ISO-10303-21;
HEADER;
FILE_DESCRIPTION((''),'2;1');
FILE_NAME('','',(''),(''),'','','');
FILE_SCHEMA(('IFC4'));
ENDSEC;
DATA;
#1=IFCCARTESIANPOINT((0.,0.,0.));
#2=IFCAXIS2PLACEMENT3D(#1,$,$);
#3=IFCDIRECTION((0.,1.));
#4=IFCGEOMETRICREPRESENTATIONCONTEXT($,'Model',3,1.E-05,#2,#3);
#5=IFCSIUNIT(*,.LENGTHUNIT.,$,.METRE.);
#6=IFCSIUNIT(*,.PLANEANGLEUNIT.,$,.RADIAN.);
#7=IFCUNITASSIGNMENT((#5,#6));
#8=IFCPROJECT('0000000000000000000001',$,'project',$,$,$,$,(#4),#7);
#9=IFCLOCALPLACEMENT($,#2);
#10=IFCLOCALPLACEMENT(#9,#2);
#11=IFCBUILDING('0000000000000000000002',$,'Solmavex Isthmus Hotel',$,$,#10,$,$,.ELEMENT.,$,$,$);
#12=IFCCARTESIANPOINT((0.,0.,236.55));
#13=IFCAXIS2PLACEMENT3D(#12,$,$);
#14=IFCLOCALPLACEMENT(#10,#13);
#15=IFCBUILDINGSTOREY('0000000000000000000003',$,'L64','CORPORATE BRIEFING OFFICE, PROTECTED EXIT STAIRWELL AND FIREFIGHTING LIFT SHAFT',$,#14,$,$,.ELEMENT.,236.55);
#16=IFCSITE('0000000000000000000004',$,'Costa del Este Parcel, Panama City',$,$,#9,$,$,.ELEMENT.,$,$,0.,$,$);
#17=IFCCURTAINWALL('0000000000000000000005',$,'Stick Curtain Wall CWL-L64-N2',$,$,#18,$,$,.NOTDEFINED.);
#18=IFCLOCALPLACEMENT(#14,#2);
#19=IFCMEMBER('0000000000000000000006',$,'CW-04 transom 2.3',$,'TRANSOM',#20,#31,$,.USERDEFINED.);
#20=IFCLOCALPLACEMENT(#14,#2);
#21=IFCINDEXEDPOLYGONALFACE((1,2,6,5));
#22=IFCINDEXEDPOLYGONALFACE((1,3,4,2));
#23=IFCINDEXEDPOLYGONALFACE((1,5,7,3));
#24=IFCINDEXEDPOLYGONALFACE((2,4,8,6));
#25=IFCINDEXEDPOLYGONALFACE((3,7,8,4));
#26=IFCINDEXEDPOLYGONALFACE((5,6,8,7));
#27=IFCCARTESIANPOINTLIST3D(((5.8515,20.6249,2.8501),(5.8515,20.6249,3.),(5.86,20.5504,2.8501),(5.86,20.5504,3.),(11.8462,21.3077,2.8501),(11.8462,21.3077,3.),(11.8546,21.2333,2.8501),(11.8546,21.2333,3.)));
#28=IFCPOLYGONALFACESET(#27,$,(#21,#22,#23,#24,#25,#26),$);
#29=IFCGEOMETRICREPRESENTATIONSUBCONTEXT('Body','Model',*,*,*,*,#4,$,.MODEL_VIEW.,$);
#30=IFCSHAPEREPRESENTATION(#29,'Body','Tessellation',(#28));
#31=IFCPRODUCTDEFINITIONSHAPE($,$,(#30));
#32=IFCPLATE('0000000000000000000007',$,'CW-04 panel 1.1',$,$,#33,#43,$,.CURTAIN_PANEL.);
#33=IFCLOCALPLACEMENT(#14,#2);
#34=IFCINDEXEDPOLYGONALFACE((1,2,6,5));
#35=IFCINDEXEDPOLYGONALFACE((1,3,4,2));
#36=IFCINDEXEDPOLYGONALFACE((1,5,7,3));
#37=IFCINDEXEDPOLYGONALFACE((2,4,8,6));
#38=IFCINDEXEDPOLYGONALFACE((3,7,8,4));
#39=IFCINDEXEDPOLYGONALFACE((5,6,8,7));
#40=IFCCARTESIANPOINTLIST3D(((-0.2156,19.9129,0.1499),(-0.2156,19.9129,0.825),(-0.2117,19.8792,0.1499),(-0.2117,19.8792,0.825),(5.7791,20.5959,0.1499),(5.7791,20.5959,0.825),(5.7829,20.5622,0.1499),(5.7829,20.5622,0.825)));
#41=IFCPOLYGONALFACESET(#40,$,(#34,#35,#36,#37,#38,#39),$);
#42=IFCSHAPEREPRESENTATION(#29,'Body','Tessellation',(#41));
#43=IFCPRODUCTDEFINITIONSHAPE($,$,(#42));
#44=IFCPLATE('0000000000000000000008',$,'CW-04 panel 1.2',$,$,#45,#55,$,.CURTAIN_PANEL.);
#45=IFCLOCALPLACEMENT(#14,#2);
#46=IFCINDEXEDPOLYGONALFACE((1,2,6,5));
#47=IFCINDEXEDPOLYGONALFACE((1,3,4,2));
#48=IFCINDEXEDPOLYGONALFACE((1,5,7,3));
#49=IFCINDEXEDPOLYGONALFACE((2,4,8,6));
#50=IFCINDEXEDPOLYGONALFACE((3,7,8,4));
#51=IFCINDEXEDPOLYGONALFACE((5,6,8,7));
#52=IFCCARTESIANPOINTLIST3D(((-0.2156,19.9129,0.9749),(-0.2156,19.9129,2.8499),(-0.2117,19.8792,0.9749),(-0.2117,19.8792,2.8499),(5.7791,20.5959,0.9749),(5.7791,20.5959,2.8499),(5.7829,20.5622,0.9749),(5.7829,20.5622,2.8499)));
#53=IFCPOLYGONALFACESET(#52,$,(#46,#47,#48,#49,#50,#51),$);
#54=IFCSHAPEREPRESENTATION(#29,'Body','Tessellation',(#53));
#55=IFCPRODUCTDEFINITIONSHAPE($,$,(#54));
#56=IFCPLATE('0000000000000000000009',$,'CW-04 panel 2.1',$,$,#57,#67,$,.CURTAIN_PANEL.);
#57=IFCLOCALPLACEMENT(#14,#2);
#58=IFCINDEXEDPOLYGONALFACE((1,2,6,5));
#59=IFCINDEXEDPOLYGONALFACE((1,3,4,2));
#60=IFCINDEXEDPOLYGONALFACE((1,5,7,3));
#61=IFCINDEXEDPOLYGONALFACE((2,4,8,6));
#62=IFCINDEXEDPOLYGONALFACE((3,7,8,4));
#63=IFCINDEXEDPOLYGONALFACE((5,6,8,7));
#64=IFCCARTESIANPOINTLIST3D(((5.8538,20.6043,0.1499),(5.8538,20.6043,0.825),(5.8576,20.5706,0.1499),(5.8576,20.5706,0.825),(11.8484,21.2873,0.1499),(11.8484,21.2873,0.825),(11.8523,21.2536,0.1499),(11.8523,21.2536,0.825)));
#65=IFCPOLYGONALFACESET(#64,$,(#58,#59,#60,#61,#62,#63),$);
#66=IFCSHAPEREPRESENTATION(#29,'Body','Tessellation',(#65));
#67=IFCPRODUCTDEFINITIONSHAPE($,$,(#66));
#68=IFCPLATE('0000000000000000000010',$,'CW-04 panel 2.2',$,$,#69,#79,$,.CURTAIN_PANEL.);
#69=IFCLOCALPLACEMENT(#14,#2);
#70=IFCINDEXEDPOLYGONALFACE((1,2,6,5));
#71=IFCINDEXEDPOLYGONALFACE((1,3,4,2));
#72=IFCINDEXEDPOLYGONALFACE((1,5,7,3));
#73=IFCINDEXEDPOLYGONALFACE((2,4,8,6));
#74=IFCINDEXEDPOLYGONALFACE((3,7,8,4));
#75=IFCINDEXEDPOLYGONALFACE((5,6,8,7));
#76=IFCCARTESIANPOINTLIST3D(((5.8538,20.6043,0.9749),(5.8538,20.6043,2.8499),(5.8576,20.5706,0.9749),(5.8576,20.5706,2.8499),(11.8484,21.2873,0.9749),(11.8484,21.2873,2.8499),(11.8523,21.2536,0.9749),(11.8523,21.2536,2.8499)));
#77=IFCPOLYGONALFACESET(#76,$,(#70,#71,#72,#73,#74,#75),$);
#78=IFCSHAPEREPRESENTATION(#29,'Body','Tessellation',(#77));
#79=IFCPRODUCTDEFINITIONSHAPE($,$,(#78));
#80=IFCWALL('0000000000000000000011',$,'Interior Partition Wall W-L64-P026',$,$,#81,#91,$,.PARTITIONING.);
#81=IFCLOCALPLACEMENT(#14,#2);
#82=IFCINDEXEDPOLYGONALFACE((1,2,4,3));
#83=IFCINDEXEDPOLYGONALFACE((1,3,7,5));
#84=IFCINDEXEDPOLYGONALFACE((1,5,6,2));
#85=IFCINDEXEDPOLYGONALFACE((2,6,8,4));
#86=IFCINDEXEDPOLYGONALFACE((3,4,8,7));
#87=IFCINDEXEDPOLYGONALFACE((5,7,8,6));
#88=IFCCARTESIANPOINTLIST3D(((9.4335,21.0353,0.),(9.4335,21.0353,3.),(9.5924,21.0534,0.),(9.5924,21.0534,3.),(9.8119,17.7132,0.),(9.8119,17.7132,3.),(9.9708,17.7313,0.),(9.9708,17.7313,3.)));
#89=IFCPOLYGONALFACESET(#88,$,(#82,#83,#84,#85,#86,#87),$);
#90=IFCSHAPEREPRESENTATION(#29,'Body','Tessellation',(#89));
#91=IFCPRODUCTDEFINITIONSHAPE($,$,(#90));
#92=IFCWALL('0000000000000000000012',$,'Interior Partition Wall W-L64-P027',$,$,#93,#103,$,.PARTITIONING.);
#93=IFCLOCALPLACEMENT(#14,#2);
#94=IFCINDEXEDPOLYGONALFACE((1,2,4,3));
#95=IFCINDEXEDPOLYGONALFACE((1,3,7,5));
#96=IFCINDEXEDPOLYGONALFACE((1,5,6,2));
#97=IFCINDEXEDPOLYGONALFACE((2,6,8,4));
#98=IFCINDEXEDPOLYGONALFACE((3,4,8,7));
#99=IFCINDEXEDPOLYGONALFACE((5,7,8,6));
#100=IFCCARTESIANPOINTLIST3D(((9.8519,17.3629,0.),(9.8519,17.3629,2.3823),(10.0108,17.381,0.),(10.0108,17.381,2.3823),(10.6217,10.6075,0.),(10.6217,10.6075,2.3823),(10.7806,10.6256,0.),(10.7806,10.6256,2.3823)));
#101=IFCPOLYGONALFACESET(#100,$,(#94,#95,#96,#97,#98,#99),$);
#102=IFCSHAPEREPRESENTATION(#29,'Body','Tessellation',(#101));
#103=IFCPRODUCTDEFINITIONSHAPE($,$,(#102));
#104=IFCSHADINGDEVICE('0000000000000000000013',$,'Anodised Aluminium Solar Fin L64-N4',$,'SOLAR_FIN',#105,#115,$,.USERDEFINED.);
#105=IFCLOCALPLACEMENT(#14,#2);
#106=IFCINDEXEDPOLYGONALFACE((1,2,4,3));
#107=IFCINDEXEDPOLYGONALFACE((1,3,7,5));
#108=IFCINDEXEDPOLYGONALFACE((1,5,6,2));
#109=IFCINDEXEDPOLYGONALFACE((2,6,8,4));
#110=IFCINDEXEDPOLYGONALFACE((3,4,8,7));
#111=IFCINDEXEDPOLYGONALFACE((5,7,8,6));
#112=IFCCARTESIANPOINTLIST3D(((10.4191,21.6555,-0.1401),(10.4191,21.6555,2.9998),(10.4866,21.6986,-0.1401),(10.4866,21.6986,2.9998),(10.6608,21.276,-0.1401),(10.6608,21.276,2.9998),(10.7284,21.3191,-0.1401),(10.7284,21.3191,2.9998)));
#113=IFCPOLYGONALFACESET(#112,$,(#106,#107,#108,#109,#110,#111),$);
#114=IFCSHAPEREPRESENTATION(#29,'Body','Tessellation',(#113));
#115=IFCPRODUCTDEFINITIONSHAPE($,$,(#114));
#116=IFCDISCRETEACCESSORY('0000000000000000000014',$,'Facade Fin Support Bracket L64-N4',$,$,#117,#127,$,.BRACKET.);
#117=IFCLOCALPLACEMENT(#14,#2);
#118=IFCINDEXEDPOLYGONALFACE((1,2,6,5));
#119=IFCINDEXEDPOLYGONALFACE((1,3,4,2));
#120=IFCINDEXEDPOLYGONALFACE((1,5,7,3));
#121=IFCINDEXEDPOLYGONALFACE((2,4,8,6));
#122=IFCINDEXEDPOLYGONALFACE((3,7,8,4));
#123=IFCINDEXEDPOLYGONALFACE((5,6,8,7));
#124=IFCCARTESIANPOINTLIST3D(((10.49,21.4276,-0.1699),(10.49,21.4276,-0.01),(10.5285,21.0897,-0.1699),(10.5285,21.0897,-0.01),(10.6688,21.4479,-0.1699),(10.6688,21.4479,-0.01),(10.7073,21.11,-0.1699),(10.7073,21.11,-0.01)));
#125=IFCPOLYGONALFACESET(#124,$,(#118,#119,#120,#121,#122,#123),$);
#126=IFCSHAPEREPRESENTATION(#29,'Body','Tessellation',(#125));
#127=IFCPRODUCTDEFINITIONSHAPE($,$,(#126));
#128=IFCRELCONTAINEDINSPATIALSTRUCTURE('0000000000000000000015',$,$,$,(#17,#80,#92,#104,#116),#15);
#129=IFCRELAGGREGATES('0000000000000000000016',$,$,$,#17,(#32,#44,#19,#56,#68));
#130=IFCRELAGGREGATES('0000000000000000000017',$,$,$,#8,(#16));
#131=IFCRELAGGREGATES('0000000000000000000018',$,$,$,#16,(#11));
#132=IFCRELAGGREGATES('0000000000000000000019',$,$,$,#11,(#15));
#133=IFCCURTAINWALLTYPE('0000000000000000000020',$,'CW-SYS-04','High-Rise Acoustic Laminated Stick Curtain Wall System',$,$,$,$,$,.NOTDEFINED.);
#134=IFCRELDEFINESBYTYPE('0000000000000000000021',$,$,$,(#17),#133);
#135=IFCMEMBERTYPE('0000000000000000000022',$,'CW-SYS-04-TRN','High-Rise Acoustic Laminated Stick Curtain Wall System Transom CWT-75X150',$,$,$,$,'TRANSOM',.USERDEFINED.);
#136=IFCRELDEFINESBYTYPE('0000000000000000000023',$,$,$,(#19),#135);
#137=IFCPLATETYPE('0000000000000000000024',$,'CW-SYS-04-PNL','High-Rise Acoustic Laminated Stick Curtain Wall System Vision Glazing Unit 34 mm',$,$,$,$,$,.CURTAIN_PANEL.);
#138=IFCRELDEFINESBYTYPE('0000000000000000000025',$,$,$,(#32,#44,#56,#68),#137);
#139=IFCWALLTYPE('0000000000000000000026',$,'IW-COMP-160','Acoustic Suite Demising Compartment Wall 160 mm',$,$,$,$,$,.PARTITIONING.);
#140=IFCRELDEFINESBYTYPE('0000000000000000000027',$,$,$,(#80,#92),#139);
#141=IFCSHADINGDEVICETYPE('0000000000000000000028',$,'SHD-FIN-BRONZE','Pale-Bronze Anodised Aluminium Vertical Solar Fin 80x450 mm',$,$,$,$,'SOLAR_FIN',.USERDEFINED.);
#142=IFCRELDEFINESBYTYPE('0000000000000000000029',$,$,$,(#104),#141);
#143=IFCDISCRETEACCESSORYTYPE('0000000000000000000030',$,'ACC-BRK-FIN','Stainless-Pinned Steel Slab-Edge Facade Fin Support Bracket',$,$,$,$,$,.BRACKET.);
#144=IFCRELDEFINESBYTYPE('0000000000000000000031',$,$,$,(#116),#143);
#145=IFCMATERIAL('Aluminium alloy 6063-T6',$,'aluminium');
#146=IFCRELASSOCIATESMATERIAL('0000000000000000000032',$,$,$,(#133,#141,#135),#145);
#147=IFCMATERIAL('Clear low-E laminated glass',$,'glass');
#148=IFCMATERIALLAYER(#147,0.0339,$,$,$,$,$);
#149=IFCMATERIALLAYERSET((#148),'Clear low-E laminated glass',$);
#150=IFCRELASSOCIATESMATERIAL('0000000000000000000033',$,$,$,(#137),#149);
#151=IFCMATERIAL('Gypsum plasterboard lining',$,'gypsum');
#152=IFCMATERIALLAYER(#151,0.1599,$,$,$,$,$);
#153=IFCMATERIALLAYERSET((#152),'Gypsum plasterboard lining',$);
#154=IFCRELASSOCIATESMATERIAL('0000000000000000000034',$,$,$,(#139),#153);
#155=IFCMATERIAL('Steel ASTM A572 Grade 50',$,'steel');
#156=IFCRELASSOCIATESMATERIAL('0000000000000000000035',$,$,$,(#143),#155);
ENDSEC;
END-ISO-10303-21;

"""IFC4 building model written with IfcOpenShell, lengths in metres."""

from ifc_helpers import new_model, si_unit, direction, frame, frame_2d, origin, origin_2d, place, context, subcontext, project, spatial, rectangle, extrude, material, layer, layer_set, material_profile, profile_set, type_object, element, aggregate, save


model = new_model("IFC4")

# Units and contexts
model_context = context("Model", 3, precision=1e-05, world=origin(), true_north=direction((0.0, 1.0)))
body_context = subcontext(model_context, "Body", "Model", "MODEL_VIEW")
ifc_project = project(units=[si_unit("LENGTHUNIT", "METRE"), si_unit("PLANEANGLEUNIT", "RADIAN")], contexts=[model_context])

# Site, building, storey
site_placement = place(None, origin())
site = spatial("IfcSite", under=ifc_project, at=site_placement, Name="Costa del Este Parcel, Panama City", CompositionType="ELEMENT", RefElevation=0.0)
building_placement = place(site_placement, origin())
building = spatial("IfcBuilding", under=site, at=building_placement, Name="Solmavex Isthmus Hotel", CompositionType="ELEMENT")
storey_placement = place(building_placement, frame((0.0, 0.0, 236.55)))
storey = spatial("IfcBuildingStorey", under=building, at=storey_placement, Name="L64", Description="CORPORATE BRIEFING OFFICE, PROTECTED EXIT STAIRWELL AND FIREFIGHTING LIFT SHAFT", CompositionType="ELEMENT", Elevation=236.55)

# Curtain wall, member, plates
ifc_material_1 = material(Name="Aluminium alloy 6063-T6", Category="aluminium")
curtain_wall_type = type_object("IfcCurtainWallType", Name="CW-SYS-04", Description="High-Rise Acoustic Laminated Stick Curtain Wall System", PredefinedType="NOTDEFINED", material=ifc_material_1)
curtain_wall_placement = place(storey_placement, origin())
curtain_wall = element("IfcCurtainWall", 1, at=curtain_wall_placement, inside=storey, type_object=curtain_wall_type, Name="Stick Curtain Wall CWL-L64-N2", PredefinedType="NOTDEFINED")
ifc_material_profile_1 = material_profile(ifc_material_1, rectangle(XDim=0.075, YDim=0.1499, at=origin_2d()), Name="CWT-75X150")
ifc_profile_set_1 = profile_set([ifc_material_profile_1], Name="Aluminium alloy 6063-T6")
member_type_1 = type_object("IfcMemberType", Name="CW-SYS-04-TRN", Description="High-Rise Acoustic Laminated Stick Curtain Wall System Transom CWT-75X150", ElementType="TRANSOM", PredefinedType="USERDEFINED", material=ifc_profile_set_1)
member_1_placement = place(storey_placement, frame((5.8557, 20.5876, 2.925), z_axis=(0.993574, 0.11318, 0.0), x_axis=(-0.11318, 0.993574, 0.0)))
member_1 = element("IfcMember", 2, at=member_1_placement, type_object=member_type_1, Name="CW-04 transom 2.3", ObjectType="TRANSOM", PredefinedType="USERDEFINED", context=body_context, shape_type="SweptSolid", body=[
    extrude(rectangle(XDim=0.075, YDim=0.1499, at=origin_2d()), origin(), (0.0, 0.0, 1.0), 6.0334),
])
ifc_material_2 = material(Name="Clear low-E laminated glass", Category="glass")
ifc_layer_1 = layer(ifc_material_2, 0.0339)
ifc_layer_set_1 = layer_set([ifc_layer_1], Name="Clear low-E laminated glass")
plate_type = type_object("IfcPlateType", Name="CW-SYS-04-PNL", Description="High-Rise Acoustic Laminated Stick Curtain Wall System Vision Glazing Unit 34 mm", PredefinedType="CURTAIN_PANEL", material=ifc_layer_set_1)
plate_1_placement = place(storey_placement, frame((2.7837, 20.2375, 0.1499), z_axis=(0.0, 0.0, 1.0), x_axis=(0.993572, 0.113203, 0.0)))
plate_1 = element("IfcPlate", 3, at=plate_1_placement, type_object=plate_type, Name="CW-04 panel 1.1", PredefinedType="CURTAIN_PANEL", context=body_context, shape_type="SweptSolid", body=[
    extrude(rectangle(XDim=6.0334, YDim=0.0339, at=origin_2d()), origin(), (0.0, 0.0, 1.0), 0.675),
])
plate_2_placement = place(storey_placement, frame((2.7837, 20.2375, 0.9749), z_axis=(0.0, 0.0, 1.0), x_axis=(0.993572, 0.113203, 0.0)))
plate_2 = element("IfcPlate", 4, at=plate_2_placement, type_object=plate_type, Name="CW-04 panel 1.2", PredefinedType="CURTAIN_PANEL", context=body_context, shape_type="SweptSolid", body=[
    extrude(rectangle(XDim=6.0334, YDim=0.0339, at=origin_2d()), origin(), (0.0, 0.0, 1.0), 1.875),
])
plate_3_placement = place(storey_placement, frame((8.853, 20.929, 0.1499), z_axis=(0.0, 0.0, 1.0), x_axis=(0.993572, 0.113203, 0.0)))
plate_3 = element("IfcPlate", 5, at=plate_3_placement, type_object=plate_type, Name="CW-04 panel 2.1", PredefinedType="CURTAIN_PANEL", context=body_context, shape_type="SweptSolid", body=[
    extrude(rectangle(XDim=6.0334, YDim=0.0339, at=origin_2d()), origin(), (0.0, 0.0, 1.0), 0.675),
])
plate_4_placement = place(storey_placement, frame((8.853, 20.929, 0.9749), z_axis=(0.0, 0.0, 1.0), x_axis=(0.993572, 0.113203, 0.0)))
plate_4 = element("IfcPlate", 6, at=plate_4_placement, type_object=plate_type, Name="CW-04 panel 2.2", PredefinedType="CURTAIN_PANEL", context=body_context, shape_type="SweptSolid", body=[
    extrude(rectangle(XDim=6.0334, YDim=0.0339, at=origin_2d()), origin(), (0.0, 0.0, 1.0), 1.875),
])
aggregate(curtain_wall, [plate_1, plate_2, member_1, plate_3, plate_4])

# Walls
ifc_material_3 = material(Name="Gypsum plasterboard lining", Category="gypsum")
ifc_layer_2 = layer(ifc_material_3, 0.1599)
ifc_layer_set_2 = layer_set([ifc_layer_2], Name="Gypsum plasterboard lining")
wall_type = type_object("IfcWallType", Name="IW-COMP-160", Description="Acoustic Suite Demising Compartment Wall 160 mm", PredefinedType="PARTITIONING", material=ifc_layer_set_2)
wall_1_placement = place(storey_placement, frame((9.5129, 21.0444, 0.0), z_axis=(0.0, 0.0, 1.0), x_axis=(0.11318, -0.993574, 0.0)))
element("IfcWall", 7, at=wall_1_placement, inside=storey, type_object=wall_type, Name="Interior Partition Wall W-L64-P026", PredefinedType="PARTITIONING", context=body_context, shape_type="SweptSolid", body=[
    extrude(rectangle(XDim=3.3435, YDim=0.1599, at=frame_2d((1.6719, 0.0))), origin(), (0.0, 0.0, 1.0), 3.0),
])
wall_2_placement = place(storey_placement, frame((9.9314, 17.3718, 0.0), z_axis=(0.0, 0.0, 1.0), x_axis=(0.113217, -0.99357, 0.0)))
element("IfcWall", 8, at=wall_2_placement, inside=storey, type_object=wall_type, Name="Interior Partition Wall W-L64-P027", PredefinedType="PARTITIONING", context=body_context, shape_type="SweptSolid", body=[
    extrude(rectangle(XDim=6.7991, YDim=0.1599, at=frame_2d((3.3994, 0.0))), origin(), (0.0, 0.0, 1.0), 2.3823),
])

# Shading device
shading_device_type = type_object("IfcShadingDeviceType", Name="SHD-FIN-BRONZE", Description="Pale-Bronze Anodised Aluminium Vertical Solar Fin 80x450 mm", ElementType="SOLAR_FIN", PredefinedType="USERDEFINED", material=ifc_material_1)
shading_device_placement = place(storey_placement, frame((10.5737, 21.4873, -0.1401), z_axis=(0.0, 0.0, 1.0), x_axis=(-0.5373, 0.843391, 0.0)))
element("IfcShadingDevice", 9, at=shading_device_placement, inside=storey, type_object=shading_device_type, Name="Anodised Aluminium Solar Fin L64-N4", ObjectType="SOLAR_FIN", PredefinedType="USERDEFINED", context=body_context, shape_type="SweptSolid", body=[
    extrude(rectangle(XDim=0.45, YDim=0.0801, at=origin_2d()), origin(), (0.0, 0.0, 1.0), 3.1399),
])

# Discrete accessory
ifc_material_4 = material(Name="Steel ASTM A572 Grade 50", Category="steel")
discrete_accessory_type = type_object("IfcDiscreteAccessoryType", Name="ACC-BRK-FIN", Description="Stainless-Pinned Steel Slab-Edge Facade Fin Support Bracket", PredefinedType="BRACKET", material=ifc_material_4)
discrete_accessory_placement = place(storey_placement, frame((10.5986, 21.2688, -0.1699), z_axis=(0.0, 0.0, 1.0), x_axis=(-0.113203, 0.993572, 0.0)))
element("IfcDiscreteAccessory", 10, at=discrete_accessory_placement, inside=storey, type_object=discrete_accessory_type, Name="Facade Fin Support Bracket L64-N4", PredefinedType="BRACKET", context=body_context, shape_type="SweptSolid", body=[
    extrude(rectangle(XDim=0.3401, YDim=0.1799, at=origin_2d()), origin(), (0.0, 0.0, 1.0), 0.1599),
])

save(model, "model.ifc")
